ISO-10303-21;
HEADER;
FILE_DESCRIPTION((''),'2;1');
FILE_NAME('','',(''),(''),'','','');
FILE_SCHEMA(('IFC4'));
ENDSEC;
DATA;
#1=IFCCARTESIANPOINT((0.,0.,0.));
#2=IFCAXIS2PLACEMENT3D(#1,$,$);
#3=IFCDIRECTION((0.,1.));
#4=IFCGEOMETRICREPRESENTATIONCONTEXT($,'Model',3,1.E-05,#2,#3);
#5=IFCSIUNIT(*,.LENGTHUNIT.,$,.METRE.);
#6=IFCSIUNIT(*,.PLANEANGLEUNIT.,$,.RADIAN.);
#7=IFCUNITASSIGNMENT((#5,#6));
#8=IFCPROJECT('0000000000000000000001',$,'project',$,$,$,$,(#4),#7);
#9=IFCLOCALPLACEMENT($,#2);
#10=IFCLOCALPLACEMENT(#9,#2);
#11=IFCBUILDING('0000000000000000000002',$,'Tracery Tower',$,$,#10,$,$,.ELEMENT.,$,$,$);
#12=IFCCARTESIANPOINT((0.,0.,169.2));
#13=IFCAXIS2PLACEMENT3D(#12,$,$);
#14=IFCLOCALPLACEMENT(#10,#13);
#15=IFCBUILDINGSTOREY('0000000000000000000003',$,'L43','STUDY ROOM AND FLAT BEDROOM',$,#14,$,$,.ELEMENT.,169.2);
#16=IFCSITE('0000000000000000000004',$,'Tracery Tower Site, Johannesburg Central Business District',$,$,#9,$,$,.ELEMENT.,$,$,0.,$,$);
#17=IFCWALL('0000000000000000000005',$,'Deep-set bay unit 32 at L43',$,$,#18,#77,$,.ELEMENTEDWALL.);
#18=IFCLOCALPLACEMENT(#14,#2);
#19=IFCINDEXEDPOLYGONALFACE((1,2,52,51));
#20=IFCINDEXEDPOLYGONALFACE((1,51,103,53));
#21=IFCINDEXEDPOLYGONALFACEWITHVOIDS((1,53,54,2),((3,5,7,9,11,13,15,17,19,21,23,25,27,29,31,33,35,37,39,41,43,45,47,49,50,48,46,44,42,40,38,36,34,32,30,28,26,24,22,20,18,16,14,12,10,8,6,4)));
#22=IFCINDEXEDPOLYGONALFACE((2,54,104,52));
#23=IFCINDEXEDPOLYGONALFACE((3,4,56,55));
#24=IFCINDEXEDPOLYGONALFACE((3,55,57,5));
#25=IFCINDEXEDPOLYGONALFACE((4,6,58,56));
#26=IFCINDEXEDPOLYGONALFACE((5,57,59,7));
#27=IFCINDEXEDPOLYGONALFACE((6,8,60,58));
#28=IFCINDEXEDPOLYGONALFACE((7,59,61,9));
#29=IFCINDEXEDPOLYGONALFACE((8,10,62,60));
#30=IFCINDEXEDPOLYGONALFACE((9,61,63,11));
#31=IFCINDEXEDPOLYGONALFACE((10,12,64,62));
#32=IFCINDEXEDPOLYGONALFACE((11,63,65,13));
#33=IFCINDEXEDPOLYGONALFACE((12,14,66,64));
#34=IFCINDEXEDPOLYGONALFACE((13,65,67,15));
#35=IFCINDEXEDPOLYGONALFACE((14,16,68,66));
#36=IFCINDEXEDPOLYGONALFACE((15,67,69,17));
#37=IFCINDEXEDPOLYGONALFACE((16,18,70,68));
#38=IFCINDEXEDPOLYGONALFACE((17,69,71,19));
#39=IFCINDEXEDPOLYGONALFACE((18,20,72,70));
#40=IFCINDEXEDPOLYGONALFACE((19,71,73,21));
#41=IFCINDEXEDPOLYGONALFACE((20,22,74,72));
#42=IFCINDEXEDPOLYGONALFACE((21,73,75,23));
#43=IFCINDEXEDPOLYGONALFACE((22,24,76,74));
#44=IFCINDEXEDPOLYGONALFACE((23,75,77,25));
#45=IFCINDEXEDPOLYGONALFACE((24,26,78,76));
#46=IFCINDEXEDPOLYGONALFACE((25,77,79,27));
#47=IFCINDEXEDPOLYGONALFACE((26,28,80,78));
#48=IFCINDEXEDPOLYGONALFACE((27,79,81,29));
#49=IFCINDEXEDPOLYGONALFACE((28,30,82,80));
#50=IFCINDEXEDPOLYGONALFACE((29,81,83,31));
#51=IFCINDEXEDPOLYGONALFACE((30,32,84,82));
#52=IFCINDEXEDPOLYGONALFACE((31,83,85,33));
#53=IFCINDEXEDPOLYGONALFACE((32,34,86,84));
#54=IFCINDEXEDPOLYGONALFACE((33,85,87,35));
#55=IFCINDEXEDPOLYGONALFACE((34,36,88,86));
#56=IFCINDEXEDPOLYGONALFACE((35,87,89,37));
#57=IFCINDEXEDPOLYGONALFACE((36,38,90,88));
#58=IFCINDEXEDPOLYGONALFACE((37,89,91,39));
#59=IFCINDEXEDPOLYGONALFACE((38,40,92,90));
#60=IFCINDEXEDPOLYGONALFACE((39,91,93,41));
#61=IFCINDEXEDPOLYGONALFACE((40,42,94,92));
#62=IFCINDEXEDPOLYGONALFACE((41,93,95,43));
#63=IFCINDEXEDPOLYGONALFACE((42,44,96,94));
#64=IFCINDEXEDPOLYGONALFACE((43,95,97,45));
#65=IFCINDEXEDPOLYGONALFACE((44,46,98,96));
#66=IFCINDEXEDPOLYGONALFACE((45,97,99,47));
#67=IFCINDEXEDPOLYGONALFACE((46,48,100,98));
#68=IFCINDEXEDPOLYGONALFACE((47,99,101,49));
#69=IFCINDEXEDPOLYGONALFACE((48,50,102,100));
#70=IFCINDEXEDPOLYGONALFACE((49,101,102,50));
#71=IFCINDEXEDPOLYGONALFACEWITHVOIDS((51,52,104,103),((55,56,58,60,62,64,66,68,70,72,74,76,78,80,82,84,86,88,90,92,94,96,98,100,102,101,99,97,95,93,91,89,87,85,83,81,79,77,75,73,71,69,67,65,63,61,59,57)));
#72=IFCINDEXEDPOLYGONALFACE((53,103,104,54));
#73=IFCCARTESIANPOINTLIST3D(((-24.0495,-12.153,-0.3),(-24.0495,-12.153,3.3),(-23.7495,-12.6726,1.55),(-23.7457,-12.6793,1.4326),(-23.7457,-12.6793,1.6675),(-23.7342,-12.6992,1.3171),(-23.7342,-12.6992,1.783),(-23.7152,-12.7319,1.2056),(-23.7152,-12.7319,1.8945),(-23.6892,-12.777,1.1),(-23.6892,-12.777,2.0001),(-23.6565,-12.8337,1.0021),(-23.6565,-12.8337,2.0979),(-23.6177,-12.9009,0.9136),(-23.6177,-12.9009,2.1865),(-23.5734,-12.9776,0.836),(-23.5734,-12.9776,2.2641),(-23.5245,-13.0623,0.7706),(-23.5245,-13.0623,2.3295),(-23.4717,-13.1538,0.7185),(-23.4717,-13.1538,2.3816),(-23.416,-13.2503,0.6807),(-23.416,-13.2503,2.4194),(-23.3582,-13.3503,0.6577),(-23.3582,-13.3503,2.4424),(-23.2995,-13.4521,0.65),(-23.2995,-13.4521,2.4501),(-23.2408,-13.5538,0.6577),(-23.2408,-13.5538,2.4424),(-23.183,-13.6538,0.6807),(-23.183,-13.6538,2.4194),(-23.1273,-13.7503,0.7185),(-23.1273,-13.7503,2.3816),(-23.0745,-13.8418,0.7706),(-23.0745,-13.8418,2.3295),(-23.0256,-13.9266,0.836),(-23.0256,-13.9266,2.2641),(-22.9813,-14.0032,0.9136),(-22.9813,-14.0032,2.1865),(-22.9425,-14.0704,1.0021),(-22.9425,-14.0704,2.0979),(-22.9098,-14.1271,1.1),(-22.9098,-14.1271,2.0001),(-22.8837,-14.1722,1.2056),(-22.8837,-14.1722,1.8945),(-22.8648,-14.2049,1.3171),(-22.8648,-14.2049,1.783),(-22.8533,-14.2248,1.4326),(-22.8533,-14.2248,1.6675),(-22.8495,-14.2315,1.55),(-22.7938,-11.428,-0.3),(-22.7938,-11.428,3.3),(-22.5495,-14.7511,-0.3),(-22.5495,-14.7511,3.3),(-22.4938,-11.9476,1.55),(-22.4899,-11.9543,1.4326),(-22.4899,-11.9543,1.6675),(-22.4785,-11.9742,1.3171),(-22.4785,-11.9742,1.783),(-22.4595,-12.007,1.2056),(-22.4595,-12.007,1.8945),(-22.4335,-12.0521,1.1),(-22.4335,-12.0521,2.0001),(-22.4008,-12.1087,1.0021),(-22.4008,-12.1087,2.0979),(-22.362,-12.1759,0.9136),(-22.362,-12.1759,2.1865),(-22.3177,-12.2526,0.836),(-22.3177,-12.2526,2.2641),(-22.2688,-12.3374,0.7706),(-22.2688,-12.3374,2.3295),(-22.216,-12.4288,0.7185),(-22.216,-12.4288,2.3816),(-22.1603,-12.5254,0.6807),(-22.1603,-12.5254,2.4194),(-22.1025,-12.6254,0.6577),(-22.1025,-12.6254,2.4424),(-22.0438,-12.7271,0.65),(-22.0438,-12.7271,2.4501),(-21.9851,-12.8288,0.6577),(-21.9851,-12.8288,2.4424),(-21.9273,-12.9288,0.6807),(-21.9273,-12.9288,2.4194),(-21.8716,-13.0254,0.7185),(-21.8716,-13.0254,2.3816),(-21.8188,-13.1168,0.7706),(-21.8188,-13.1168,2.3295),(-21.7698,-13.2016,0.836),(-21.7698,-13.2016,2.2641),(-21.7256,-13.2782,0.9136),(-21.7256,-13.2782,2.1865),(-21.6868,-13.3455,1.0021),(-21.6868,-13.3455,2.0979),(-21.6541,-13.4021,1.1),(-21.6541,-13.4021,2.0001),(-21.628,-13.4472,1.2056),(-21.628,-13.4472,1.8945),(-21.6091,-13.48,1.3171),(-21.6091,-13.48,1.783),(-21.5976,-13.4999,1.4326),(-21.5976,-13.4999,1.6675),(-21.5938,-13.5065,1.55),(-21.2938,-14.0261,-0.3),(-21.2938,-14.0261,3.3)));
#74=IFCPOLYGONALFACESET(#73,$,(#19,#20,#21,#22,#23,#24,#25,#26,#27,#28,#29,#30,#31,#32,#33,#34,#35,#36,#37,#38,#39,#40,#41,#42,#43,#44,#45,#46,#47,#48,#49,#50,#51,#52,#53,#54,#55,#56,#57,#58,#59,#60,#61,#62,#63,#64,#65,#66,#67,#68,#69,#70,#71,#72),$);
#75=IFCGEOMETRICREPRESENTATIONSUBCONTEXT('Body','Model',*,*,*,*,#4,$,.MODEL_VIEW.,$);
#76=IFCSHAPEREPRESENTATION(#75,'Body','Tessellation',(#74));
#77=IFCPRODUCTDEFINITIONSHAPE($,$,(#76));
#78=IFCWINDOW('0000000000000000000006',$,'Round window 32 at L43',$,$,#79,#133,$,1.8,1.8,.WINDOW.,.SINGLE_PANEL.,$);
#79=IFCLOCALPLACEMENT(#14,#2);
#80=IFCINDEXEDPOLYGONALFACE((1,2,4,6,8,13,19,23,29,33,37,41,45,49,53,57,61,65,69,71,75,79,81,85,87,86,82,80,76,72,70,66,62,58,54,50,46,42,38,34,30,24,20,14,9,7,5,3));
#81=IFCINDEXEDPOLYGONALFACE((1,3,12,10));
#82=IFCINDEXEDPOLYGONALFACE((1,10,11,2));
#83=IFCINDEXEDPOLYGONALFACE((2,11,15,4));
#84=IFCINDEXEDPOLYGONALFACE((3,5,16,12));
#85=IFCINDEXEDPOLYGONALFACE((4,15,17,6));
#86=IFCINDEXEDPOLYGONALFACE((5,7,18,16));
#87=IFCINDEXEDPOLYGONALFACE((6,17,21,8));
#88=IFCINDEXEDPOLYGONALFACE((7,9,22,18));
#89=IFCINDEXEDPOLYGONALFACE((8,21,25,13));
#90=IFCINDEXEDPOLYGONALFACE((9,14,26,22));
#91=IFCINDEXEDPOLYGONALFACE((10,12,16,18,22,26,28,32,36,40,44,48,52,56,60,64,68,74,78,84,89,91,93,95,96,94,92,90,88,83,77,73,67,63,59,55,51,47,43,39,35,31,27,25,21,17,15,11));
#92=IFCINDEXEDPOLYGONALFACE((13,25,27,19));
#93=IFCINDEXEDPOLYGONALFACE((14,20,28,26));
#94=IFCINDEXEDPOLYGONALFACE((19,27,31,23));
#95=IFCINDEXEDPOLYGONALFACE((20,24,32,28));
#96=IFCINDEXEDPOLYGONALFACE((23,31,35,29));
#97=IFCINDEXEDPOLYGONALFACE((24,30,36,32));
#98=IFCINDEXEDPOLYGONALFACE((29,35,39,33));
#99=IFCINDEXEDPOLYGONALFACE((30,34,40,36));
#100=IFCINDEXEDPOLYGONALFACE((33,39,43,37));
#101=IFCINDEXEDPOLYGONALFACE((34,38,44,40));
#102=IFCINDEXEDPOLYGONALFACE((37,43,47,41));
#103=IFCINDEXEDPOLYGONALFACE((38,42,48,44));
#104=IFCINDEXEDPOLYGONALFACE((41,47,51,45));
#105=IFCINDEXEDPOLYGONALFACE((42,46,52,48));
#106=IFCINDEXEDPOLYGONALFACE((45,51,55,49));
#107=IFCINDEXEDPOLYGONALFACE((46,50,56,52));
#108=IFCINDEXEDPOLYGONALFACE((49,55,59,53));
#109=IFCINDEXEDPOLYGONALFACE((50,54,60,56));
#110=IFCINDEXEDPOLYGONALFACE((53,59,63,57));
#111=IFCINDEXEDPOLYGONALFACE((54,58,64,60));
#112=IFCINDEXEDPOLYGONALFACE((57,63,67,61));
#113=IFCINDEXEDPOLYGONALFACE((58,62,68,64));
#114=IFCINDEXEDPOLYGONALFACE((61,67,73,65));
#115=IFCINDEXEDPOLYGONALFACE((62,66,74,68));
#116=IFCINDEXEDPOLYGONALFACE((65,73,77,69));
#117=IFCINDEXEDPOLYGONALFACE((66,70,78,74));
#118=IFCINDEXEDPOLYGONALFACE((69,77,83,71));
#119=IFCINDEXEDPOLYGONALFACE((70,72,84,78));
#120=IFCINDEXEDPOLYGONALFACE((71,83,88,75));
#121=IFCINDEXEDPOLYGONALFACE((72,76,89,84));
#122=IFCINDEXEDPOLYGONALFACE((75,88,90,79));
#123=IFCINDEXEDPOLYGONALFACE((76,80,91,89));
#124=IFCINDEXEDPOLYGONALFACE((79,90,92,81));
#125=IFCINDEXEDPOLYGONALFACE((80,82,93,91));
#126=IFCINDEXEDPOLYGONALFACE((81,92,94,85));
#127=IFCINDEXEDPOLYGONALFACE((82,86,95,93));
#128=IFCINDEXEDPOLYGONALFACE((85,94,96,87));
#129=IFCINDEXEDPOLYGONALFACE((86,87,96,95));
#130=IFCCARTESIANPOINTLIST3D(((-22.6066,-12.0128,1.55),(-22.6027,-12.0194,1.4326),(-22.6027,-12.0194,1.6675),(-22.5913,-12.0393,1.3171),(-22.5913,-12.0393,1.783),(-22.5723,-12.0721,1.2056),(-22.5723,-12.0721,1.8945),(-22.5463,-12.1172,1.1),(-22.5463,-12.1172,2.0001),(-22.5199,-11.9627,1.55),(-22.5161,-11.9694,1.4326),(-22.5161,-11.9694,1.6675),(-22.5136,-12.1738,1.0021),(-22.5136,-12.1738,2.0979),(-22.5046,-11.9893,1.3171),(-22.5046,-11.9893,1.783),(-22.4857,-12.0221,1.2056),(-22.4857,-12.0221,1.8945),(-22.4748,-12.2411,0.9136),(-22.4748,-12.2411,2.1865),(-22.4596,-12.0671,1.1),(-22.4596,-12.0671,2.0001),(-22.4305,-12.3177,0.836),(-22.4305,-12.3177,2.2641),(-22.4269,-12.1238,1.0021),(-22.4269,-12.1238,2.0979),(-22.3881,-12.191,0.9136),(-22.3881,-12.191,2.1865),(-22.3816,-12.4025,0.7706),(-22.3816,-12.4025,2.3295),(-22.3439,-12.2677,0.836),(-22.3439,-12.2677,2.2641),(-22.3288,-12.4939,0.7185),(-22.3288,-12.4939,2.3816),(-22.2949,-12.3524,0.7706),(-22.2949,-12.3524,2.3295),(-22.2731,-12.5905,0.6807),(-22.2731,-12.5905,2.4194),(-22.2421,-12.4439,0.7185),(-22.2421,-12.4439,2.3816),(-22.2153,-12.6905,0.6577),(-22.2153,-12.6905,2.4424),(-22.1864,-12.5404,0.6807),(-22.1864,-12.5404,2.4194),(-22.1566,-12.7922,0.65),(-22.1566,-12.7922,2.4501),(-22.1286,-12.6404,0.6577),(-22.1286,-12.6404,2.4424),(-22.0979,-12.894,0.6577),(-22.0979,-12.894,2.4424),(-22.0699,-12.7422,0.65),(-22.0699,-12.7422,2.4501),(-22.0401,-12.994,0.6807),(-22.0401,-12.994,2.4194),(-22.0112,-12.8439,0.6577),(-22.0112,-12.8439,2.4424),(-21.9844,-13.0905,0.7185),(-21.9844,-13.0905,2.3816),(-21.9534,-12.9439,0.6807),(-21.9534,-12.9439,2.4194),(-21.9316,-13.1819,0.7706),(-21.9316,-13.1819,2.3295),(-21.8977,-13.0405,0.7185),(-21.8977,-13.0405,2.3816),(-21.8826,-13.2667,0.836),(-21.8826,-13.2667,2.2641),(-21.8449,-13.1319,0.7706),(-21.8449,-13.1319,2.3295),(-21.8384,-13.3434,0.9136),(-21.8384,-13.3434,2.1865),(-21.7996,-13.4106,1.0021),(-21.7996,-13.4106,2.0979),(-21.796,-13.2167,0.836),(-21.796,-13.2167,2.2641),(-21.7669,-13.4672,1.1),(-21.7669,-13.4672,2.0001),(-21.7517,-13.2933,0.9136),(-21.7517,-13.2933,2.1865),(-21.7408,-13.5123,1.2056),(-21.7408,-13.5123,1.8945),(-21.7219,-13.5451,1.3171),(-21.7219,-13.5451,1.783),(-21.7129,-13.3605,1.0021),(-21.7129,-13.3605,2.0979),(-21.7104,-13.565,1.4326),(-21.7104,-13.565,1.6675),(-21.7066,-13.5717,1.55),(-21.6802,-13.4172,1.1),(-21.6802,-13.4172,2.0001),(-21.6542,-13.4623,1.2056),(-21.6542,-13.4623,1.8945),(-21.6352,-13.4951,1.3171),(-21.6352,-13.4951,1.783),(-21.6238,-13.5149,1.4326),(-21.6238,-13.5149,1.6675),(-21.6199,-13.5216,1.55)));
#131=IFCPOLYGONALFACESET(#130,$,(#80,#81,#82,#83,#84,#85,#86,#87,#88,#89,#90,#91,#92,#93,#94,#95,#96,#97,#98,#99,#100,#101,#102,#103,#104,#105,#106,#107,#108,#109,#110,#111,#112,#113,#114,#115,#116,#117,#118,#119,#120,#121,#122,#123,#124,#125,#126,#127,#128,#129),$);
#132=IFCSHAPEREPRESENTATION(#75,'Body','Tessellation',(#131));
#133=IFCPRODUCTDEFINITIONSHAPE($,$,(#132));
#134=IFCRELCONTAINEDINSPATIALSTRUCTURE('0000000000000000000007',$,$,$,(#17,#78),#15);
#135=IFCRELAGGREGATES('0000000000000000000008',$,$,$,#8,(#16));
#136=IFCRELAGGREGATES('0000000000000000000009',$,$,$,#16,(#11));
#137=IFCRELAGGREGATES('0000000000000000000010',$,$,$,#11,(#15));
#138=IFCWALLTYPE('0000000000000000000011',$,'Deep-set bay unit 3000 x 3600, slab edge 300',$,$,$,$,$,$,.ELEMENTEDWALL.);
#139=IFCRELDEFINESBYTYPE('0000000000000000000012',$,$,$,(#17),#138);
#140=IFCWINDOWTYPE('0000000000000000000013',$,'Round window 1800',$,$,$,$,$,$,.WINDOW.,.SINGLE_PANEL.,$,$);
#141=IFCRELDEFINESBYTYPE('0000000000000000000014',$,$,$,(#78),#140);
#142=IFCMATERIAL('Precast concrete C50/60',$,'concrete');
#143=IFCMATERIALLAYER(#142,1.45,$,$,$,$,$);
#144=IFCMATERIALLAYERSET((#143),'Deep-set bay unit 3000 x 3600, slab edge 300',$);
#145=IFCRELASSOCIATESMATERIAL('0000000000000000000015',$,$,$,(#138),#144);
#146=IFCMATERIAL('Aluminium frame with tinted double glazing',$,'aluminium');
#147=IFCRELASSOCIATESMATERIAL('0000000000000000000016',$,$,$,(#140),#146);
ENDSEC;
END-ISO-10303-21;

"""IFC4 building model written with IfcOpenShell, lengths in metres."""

from ifc_helpers import new_model, si_unit, direction, frame, frame_2d, origin, origin_2d, place, context, subcontext, project, spatial, rectangle, circle, extrude, material, layer, layer_set, type_object, element, fill, save


model = new_model("IFC4")

# Units and contexts
model_context = context("Model", 3, precision=1e-05, world=origin(), true_north=direction((0.0, 1.0)))
body_context = subcontext(model_context, "Body", "Model", "MODEL_VIEW")
ifc_project = project(units=[si_unit("LENGTHUNIT", "METRE"), si_unit("PLANEANGLEUNIT", "RADIAN")], contexts=[model_context])

# Site, building, storey
site_placement = place(None, origin())
site = spatial("IfcSite", under=ifc_project, at=site_placement, Name="Tracery Tower Site, Johannesburg Central Business District", CompositionType="ELEMENT", RefElevation=0.0)
building_placement = place(site_placement, origin())
building = spatial("IfcBuilding", under=site, at=building_placement, Name="Tracery Tower", CompositionType="ELEMENT")
storey_placement = place(building_placement, frame((0.0, 0.0, 169.2)))
storey = spatial("IfcBuildingStorey", under=building, at=storey_placement, Name="L43", Description="STUDY ROOM AND FLAT BEDROOM", CompositionType="ELEMENT", Elevation=169.2)

# Wall, opening, window
ifc_material_1 = material(Name="Precast concrete C50/60", Category="concrete")
ifc_layer_1 = layer(ifc_material_1, 1.45)
ifc_layer_set_1 = layer_set([ifc_layer_1], Name="Deep-set bay unit 3000 x 3600, slab edge 300")
wall_type_1 = type_object("IfcWallType", Name="Deep-set bay unit 3000 x 3600, slab edge 300", PredefinedType="ELEMENTEDWALL", material=ifc_layer_set_1)
wall_1_placement = place(storey_placement, frame((-23.4216, -11.7905, -0.3), z_axis=(0.0, 0.0, 1.0), x_axis=(0.49999, -0.866031, 0.0)))
wall_1 = element("IfcWall", 1, at=wall_1_placement, inside=storey, type_object=wall_type_1, Name="Deep-set bay unit 32 at L43", PredefinedType="ELEMENTEDWALL", context=body_context, shape_type="SweptSolid", body=[
    extrude(rectangle(XDim=3.0, YDim=1.45, at=frame_2d((1.5, 0.0))), origin(), (0.0, 0.0, 1.0), 3.6001),
])
opening_1_placement = place(wall_1_placement, frame((1.5, 0.0, 1.8501)))
opening_1 = element("IfcOpeningElement", 2, at=opening_1_placement, cuts=wall_1, PredefinedType="OPENING", context=body_context, shape_type="SweptSolid", body=[
    extrude(circle(Radius=0.9, at=origin_2d()), frame((0.0, 0.7349, 0.0), z_axis=(0.0, -1.0, 0.0), x_axis=(1.0, 0.0, 0.0)), (0.0, 0.0, 1.0), 1.47),
])
ifc_material_2 = material(Name="Aluminium frame with tinted double glazing", Category="aluminium")
window_type = type_object("IfcWindowType", Name="Round window 1800", PartitioningType="SINGLE_PANEL", PredefinedType="WINDOW", material=ifc_material_2)
window_1_placement = place(opening_1_placement, origin())
window_1 = element("IfcWindow", 3, at=window_1_placement, inside=storey, type_object=window_type, Name="Round window 32 at L43", OverallHeight=1.8, OverallWidth=1.8, PartitioningType="SINGLE_PANEL", PredefinedType="WINDOW", context=body_context, shape_type="SweptSolid", body=[
    extrude(circle(Radius=0.9, at=origin_2d()), frame((0.0, 0.6948, 0.0), z_axis=(0.0, -1.0, 0.0), x_axis=(1.0, 0.0, 0.0)), (0.0, 0.0, 1.0), 0.1001),
])
fill(opening_1, window_1)

save(model, "model.ifc")
